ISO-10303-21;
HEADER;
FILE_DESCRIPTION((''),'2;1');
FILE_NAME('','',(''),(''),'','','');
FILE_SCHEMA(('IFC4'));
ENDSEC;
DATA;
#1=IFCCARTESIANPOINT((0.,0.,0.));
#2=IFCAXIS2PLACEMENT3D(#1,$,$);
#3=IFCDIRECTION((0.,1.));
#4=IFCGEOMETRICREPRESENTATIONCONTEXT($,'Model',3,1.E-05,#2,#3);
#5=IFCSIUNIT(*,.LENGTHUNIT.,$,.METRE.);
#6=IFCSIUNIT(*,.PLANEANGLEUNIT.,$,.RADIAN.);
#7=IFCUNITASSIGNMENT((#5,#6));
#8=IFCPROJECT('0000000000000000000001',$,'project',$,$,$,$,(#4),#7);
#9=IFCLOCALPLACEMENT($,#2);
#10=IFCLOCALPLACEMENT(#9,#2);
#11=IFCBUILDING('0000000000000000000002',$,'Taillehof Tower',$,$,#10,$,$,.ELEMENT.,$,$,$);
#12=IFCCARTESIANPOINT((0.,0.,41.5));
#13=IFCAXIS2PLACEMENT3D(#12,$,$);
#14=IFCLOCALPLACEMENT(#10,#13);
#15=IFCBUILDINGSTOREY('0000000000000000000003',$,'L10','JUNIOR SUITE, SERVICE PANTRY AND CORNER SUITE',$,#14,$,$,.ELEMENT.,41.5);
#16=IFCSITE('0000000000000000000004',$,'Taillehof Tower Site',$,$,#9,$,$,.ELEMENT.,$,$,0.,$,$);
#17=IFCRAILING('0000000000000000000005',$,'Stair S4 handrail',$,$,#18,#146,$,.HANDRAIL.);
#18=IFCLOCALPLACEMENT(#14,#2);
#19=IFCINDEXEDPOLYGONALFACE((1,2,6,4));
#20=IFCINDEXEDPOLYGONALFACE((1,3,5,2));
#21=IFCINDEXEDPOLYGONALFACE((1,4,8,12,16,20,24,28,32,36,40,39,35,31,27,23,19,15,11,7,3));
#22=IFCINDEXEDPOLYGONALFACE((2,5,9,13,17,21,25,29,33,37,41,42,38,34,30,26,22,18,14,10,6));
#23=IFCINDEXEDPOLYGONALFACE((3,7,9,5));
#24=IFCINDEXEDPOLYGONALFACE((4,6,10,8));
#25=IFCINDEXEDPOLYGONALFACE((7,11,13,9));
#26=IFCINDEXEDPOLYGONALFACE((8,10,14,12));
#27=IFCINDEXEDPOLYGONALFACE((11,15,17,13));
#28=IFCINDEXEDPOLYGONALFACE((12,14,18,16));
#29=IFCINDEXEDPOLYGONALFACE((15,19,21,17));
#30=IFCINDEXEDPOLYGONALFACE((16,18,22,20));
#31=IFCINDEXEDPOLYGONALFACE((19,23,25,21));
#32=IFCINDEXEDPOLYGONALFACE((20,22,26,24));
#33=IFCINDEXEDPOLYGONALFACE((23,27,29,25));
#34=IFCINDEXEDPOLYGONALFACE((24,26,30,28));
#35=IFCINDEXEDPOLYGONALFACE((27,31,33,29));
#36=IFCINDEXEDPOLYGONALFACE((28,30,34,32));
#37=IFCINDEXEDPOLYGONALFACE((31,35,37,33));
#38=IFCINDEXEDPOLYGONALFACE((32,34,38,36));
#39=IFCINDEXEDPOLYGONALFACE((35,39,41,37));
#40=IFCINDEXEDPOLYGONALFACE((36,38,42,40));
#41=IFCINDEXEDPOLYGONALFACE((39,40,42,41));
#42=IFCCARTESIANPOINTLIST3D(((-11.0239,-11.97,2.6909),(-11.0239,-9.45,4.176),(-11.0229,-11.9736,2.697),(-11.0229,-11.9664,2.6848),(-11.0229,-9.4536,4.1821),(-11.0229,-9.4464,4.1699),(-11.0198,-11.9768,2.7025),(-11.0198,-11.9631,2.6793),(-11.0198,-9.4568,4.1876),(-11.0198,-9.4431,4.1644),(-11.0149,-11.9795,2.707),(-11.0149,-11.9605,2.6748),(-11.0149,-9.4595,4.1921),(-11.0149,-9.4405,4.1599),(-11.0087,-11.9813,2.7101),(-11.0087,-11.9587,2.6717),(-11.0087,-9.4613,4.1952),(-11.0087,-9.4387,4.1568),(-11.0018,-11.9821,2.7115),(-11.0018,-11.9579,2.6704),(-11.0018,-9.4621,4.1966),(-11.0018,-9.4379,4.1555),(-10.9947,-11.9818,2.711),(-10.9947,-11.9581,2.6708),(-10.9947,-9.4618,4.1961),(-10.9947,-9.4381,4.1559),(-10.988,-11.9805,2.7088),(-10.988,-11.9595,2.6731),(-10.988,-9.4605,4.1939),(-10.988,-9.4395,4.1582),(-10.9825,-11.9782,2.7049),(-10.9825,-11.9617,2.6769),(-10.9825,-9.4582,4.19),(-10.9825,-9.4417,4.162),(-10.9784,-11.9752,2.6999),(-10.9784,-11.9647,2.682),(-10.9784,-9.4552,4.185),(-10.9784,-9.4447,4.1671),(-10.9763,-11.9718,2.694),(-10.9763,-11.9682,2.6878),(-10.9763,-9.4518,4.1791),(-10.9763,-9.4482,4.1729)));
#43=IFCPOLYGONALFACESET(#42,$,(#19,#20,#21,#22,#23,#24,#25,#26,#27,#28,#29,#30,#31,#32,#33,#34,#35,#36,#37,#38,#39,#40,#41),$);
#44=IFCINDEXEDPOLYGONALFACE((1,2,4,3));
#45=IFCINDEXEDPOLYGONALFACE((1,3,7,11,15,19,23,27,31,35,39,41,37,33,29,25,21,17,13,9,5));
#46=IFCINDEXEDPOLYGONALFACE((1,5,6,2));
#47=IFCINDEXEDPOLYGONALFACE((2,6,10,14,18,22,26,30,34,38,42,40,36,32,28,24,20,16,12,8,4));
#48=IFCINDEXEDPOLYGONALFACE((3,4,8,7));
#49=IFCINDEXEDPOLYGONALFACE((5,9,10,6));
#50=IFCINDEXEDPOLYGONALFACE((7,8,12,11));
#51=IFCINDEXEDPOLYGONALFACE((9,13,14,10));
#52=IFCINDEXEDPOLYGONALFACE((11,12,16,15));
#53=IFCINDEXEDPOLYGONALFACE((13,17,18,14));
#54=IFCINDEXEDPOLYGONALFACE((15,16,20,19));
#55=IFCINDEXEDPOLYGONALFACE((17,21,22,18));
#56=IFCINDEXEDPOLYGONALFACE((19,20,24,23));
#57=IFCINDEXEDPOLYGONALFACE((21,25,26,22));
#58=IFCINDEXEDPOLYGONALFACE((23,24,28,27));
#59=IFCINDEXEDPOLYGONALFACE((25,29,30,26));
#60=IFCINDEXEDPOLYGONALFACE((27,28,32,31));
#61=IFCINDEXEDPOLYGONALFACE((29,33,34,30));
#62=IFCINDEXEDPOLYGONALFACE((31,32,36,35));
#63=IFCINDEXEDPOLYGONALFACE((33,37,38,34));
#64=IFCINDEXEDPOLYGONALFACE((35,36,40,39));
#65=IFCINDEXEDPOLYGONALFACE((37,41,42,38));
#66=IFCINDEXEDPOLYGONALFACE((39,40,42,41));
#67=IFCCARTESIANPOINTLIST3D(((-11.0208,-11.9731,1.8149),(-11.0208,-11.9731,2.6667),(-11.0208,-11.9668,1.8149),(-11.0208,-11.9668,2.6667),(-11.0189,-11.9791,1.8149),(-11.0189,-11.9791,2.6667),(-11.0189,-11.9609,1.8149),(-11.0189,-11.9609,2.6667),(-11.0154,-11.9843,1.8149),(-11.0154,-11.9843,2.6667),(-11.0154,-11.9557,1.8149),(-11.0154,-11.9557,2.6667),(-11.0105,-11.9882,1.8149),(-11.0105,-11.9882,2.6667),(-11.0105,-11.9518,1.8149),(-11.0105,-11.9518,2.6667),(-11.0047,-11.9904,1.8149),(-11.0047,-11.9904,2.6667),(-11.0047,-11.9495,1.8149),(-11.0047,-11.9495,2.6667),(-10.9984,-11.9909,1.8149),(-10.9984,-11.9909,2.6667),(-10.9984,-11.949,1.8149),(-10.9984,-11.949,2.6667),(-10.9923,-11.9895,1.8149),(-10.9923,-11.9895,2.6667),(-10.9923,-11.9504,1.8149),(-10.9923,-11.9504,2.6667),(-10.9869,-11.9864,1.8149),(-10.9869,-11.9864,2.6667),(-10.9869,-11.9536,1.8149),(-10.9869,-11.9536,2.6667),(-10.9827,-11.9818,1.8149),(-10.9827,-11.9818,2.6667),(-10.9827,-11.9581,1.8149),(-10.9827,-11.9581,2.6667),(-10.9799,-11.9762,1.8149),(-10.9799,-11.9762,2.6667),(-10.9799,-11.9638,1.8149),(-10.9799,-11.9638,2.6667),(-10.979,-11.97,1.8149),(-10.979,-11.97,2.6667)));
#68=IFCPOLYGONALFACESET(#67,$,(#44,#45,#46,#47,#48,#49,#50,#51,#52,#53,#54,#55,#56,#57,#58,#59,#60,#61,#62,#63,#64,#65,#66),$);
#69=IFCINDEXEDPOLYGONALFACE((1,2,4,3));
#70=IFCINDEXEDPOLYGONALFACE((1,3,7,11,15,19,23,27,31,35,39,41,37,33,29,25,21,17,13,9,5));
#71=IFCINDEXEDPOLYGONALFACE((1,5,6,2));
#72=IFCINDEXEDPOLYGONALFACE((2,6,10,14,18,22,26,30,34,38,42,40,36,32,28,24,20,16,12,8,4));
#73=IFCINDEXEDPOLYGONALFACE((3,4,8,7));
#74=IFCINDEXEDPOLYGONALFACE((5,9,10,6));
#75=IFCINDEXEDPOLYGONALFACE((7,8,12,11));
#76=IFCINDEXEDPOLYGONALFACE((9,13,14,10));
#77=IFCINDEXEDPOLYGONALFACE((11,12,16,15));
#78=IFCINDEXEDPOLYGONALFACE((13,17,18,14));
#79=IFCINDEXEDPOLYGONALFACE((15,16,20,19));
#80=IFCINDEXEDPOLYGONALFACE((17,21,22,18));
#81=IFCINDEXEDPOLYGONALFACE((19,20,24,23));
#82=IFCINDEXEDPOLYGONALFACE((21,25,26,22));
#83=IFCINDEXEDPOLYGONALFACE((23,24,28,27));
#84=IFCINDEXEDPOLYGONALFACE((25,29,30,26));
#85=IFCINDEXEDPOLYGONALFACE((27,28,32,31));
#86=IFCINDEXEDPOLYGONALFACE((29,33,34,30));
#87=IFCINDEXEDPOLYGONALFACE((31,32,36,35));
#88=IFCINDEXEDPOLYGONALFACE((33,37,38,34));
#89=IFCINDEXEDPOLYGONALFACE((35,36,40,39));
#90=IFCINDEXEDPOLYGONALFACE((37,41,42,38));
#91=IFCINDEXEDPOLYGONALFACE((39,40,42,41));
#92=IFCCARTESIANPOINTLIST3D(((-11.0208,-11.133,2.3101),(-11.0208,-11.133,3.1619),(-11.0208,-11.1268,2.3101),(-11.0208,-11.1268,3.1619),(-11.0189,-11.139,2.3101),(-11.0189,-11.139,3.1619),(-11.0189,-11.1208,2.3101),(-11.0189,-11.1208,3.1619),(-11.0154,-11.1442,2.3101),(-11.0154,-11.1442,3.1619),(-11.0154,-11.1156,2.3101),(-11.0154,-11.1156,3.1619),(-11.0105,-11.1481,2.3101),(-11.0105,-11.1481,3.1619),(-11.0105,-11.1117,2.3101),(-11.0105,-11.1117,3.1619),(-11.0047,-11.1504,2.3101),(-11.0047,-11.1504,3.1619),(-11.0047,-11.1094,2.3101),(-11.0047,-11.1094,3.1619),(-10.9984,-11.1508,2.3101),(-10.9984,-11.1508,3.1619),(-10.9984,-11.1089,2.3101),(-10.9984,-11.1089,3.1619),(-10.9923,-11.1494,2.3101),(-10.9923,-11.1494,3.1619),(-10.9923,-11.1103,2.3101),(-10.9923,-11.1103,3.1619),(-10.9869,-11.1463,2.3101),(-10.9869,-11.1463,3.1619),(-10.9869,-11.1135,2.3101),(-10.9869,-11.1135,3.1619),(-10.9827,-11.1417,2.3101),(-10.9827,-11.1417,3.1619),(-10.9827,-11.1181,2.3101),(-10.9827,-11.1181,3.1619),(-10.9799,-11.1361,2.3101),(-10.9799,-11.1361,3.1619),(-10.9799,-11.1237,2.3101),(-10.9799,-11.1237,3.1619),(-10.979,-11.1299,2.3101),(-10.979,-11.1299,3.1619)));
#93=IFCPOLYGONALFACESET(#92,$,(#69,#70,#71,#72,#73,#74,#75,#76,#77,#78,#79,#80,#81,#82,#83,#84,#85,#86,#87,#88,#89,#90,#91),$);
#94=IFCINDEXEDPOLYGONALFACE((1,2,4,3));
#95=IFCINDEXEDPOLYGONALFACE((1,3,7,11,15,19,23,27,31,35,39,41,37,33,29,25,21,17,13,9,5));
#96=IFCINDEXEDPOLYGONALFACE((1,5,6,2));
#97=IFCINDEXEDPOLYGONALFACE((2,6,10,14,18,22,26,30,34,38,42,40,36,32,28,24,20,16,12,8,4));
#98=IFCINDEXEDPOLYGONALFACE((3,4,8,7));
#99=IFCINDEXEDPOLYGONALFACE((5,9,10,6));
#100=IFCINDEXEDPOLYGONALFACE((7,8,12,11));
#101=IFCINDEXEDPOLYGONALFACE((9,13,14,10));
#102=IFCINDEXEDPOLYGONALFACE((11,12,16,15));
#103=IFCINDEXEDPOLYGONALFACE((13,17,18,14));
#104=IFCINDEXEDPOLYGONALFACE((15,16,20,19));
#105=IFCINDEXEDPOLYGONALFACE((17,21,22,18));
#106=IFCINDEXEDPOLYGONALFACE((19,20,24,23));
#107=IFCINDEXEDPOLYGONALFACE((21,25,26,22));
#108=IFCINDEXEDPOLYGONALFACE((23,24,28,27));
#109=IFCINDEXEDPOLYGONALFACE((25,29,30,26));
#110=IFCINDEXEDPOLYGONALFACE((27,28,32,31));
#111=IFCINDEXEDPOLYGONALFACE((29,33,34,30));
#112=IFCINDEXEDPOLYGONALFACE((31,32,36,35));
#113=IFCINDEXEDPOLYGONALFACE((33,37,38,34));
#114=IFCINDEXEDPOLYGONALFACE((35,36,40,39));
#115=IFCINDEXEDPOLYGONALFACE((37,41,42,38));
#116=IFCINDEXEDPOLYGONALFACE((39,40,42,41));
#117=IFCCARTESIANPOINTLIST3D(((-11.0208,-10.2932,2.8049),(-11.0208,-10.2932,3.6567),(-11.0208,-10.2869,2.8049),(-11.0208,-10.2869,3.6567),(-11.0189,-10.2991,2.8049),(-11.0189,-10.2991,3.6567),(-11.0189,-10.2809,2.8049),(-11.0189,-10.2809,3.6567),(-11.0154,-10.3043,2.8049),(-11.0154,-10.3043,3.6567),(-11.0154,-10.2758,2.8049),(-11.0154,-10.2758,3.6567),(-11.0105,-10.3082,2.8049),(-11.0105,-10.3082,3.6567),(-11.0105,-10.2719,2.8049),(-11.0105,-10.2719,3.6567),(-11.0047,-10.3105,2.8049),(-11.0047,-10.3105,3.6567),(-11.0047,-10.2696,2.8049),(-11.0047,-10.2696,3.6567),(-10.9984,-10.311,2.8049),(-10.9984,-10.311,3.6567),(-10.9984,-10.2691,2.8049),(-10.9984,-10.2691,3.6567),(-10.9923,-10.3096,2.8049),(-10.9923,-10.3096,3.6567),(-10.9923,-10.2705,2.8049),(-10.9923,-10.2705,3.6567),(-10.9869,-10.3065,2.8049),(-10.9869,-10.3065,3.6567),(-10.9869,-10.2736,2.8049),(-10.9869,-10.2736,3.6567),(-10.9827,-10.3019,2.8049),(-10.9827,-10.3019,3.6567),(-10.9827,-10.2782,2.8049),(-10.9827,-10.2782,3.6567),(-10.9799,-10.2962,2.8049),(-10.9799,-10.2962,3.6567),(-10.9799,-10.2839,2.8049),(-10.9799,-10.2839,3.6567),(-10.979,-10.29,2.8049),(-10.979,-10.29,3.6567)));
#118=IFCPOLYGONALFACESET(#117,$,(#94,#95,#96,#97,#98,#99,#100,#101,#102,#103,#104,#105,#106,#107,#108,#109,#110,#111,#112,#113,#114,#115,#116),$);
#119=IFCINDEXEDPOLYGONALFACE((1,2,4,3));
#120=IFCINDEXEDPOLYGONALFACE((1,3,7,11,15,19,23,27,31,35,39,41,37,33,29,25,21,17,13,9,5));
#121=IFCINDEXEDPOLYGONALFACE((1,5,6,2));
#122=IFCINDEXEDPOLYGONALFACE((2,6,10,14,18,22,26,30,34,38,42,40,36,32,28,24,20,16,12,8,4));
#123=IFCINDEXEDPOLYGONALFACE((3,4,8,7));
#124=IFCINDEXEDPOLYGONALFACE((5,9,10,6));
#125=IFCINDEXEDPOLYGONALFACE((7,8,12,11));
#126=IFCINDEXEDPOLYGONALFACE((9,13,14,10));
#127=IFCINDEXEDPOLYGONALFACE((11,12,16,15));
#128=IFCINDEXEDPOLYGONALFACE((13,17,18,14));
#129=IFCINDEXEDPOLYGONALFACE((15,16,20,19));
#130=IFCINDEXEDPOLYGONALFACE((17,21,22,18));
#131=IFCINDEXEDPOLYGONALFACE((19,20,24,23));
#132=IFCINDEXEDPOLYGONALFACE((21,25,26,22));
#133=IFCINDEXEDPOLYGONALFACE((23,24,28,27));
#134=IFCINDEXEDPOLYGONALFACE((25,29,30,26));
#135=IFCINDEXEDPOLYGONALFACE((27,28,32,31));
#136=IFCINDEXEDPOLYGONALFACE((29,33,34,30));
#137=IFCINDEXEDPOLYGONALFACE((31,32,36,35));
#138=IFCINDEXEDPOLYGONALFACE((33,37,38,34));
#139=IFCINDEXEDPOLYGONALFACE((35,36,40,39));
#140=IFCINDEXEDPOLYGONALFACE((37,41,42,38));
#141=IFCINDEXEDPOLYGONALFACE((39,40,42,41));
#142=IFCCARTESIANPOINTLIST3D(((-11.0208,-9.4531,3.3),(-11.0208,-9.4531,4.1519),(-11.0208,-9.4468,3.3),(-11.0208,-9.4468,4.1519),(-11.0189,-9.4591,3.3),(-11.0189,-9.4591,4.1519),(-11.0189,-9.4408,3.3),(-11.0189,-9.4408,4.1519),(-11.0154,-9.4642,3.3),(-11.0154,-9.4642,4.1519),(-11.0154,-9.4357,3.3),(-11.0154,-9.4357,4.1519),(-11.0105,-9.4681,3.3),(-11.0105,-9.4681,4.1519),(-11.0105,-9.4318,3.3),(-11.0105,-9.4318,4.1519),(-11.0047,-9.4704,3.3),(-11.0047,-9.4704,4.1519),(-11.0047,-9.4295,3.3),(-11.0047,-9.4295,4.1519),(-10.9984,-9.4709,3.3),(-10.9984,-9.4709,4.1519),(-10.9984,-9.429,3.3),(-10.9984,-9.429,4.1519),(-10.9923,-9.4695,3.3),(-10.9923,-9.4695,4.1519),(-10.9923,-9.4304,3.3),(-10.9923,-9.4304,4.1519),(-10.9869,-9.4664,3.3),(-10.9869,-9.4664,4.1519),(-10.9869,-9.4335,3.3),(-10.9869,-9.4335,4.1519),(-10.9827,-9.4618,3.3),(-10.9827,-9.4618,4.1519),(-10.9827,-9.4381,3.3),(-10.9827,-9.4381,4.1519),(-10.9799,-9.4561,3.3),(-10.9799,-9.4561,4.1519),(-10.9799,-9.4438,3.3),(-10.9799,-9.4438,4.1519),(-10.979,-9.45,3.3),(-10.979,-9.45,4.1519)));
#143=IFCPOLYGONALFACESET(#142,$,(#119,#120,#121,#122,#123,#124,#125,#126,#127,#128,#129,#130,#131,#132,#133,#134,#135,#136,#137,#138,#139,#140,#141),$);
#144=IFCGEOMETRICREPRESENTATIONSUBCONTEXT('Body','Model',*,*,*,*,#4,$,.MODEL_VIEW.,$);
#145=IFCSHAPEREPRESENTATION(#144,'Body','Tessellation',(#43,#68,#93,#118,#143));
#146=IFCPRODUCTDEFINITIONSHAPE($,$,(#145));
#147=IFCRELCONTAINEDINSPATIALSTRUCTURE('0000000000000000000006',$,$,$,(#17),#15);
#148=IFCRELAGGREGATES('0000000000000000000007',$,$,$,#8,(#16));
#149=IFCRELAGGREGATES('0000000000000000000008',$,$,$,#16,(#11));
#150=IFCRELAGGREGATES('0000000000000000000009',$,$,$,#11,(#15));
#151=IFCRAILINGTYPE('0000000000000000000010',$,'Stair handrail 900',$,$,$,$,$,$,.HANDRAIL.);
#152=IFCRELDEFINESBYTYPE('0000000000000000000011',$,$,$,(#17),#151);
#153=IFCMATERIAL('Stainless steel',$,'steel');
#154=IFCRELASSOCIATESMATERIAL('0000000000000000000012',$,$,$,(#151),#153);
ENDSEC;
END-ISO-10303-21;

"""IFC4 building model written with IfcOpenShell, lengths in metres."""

from ifc_helpers import new_model, si_unit, direction, frame, origin, origin_2d, place, context, subcontext, project, spatial, circle, extrude, material, type_object, element, save


model = new_model("IFC4")

# Units and contexts
model_context = context("Model", 3, precision=1e-05, world=origin(), true_north=direction((0.0, 1.0)))
body_context = subcontext(model_context, "Body", "Model", "MODEL_VIEW")
ifc_project = project(units=[si_unit("LENGTHUNIT", "METRE"), si_unit("PLANEANGLEUNIT", "RADIAN")], contexts=[model_context])

# Site, building, storey
site_placement = place(None, origin())
site = spatial("IfcSite", under=ifc_project, at=site_placement, Name="Taillehof Tower Site", CompositionType="ELEMENT", RefElevation=0.0)
building_placement = place(site_placement, origin())
building = spatial("IfcBuilding", under=site, at=building_placement, Name="Taillehof Tower", CompositionType="ELEMENT")
storey_placement = place(building_placement, frame((0.0, 0.0, 41.5)))
storey = spatial("IfcBuildingStorey", under=building, at=storey_placement, Name="L10", Description="JUNIOR SUITE, SERVICE PANTRY AND CORNER SUITE", CompositionType="ELEMENT", Elevation=41.5)

# Railing
ifc_material_1 = material(Name="Stainless steel", Category="steel")
railing_type = type_object("IfcRailingType", Name="Stair handrail 900", PredefinedType="HANDRAIL", material=ifc_material_1)
railing_placement = place(storey_placement, frame((-11.0, -11.97, 1.8149)))
element("IfcRailing", 1, at=railing_placement, inside=storey, type_object=railing_type, Name="Stair S4 handrail", PredefinedType="HANDRAIL", context=body_context, shape_type="SweptSolid", body=[
    extrude(circle(Radius=0.0239, at=origin_2d()), frame((0.0, 0.0, 0.876), z_axis=(0.0, 0.861524, 0.507717), x_axis=(-1.0, 0.0, 0.0)), (0.0, 0.0, 1.0), 2.925),
    extrude(circle(Radius=0.021, at=origin_2d()), origin(), (0.0, 0.0, 1.0), 0.8518),
    extrude(circle(Radius=0.021, at=origin_2d()), frame((0.0, 0.8401, 0.4951)), (0.0, 0.0, 1.0), 0.8518),
    extrude(circle(Radius=0.021, at=origin_2d()), frame((0.0, 1.6799, 0.99)), (0.0, 0.0, 1.0), 0.8518),
    extrude(circle(Radius=0.021, at=origin_2d()), frame((0.0, 2.52, 1.4851)), (0.0, 0.0, 1.0), 0.8518),
])

save(model, "model.ifc")
